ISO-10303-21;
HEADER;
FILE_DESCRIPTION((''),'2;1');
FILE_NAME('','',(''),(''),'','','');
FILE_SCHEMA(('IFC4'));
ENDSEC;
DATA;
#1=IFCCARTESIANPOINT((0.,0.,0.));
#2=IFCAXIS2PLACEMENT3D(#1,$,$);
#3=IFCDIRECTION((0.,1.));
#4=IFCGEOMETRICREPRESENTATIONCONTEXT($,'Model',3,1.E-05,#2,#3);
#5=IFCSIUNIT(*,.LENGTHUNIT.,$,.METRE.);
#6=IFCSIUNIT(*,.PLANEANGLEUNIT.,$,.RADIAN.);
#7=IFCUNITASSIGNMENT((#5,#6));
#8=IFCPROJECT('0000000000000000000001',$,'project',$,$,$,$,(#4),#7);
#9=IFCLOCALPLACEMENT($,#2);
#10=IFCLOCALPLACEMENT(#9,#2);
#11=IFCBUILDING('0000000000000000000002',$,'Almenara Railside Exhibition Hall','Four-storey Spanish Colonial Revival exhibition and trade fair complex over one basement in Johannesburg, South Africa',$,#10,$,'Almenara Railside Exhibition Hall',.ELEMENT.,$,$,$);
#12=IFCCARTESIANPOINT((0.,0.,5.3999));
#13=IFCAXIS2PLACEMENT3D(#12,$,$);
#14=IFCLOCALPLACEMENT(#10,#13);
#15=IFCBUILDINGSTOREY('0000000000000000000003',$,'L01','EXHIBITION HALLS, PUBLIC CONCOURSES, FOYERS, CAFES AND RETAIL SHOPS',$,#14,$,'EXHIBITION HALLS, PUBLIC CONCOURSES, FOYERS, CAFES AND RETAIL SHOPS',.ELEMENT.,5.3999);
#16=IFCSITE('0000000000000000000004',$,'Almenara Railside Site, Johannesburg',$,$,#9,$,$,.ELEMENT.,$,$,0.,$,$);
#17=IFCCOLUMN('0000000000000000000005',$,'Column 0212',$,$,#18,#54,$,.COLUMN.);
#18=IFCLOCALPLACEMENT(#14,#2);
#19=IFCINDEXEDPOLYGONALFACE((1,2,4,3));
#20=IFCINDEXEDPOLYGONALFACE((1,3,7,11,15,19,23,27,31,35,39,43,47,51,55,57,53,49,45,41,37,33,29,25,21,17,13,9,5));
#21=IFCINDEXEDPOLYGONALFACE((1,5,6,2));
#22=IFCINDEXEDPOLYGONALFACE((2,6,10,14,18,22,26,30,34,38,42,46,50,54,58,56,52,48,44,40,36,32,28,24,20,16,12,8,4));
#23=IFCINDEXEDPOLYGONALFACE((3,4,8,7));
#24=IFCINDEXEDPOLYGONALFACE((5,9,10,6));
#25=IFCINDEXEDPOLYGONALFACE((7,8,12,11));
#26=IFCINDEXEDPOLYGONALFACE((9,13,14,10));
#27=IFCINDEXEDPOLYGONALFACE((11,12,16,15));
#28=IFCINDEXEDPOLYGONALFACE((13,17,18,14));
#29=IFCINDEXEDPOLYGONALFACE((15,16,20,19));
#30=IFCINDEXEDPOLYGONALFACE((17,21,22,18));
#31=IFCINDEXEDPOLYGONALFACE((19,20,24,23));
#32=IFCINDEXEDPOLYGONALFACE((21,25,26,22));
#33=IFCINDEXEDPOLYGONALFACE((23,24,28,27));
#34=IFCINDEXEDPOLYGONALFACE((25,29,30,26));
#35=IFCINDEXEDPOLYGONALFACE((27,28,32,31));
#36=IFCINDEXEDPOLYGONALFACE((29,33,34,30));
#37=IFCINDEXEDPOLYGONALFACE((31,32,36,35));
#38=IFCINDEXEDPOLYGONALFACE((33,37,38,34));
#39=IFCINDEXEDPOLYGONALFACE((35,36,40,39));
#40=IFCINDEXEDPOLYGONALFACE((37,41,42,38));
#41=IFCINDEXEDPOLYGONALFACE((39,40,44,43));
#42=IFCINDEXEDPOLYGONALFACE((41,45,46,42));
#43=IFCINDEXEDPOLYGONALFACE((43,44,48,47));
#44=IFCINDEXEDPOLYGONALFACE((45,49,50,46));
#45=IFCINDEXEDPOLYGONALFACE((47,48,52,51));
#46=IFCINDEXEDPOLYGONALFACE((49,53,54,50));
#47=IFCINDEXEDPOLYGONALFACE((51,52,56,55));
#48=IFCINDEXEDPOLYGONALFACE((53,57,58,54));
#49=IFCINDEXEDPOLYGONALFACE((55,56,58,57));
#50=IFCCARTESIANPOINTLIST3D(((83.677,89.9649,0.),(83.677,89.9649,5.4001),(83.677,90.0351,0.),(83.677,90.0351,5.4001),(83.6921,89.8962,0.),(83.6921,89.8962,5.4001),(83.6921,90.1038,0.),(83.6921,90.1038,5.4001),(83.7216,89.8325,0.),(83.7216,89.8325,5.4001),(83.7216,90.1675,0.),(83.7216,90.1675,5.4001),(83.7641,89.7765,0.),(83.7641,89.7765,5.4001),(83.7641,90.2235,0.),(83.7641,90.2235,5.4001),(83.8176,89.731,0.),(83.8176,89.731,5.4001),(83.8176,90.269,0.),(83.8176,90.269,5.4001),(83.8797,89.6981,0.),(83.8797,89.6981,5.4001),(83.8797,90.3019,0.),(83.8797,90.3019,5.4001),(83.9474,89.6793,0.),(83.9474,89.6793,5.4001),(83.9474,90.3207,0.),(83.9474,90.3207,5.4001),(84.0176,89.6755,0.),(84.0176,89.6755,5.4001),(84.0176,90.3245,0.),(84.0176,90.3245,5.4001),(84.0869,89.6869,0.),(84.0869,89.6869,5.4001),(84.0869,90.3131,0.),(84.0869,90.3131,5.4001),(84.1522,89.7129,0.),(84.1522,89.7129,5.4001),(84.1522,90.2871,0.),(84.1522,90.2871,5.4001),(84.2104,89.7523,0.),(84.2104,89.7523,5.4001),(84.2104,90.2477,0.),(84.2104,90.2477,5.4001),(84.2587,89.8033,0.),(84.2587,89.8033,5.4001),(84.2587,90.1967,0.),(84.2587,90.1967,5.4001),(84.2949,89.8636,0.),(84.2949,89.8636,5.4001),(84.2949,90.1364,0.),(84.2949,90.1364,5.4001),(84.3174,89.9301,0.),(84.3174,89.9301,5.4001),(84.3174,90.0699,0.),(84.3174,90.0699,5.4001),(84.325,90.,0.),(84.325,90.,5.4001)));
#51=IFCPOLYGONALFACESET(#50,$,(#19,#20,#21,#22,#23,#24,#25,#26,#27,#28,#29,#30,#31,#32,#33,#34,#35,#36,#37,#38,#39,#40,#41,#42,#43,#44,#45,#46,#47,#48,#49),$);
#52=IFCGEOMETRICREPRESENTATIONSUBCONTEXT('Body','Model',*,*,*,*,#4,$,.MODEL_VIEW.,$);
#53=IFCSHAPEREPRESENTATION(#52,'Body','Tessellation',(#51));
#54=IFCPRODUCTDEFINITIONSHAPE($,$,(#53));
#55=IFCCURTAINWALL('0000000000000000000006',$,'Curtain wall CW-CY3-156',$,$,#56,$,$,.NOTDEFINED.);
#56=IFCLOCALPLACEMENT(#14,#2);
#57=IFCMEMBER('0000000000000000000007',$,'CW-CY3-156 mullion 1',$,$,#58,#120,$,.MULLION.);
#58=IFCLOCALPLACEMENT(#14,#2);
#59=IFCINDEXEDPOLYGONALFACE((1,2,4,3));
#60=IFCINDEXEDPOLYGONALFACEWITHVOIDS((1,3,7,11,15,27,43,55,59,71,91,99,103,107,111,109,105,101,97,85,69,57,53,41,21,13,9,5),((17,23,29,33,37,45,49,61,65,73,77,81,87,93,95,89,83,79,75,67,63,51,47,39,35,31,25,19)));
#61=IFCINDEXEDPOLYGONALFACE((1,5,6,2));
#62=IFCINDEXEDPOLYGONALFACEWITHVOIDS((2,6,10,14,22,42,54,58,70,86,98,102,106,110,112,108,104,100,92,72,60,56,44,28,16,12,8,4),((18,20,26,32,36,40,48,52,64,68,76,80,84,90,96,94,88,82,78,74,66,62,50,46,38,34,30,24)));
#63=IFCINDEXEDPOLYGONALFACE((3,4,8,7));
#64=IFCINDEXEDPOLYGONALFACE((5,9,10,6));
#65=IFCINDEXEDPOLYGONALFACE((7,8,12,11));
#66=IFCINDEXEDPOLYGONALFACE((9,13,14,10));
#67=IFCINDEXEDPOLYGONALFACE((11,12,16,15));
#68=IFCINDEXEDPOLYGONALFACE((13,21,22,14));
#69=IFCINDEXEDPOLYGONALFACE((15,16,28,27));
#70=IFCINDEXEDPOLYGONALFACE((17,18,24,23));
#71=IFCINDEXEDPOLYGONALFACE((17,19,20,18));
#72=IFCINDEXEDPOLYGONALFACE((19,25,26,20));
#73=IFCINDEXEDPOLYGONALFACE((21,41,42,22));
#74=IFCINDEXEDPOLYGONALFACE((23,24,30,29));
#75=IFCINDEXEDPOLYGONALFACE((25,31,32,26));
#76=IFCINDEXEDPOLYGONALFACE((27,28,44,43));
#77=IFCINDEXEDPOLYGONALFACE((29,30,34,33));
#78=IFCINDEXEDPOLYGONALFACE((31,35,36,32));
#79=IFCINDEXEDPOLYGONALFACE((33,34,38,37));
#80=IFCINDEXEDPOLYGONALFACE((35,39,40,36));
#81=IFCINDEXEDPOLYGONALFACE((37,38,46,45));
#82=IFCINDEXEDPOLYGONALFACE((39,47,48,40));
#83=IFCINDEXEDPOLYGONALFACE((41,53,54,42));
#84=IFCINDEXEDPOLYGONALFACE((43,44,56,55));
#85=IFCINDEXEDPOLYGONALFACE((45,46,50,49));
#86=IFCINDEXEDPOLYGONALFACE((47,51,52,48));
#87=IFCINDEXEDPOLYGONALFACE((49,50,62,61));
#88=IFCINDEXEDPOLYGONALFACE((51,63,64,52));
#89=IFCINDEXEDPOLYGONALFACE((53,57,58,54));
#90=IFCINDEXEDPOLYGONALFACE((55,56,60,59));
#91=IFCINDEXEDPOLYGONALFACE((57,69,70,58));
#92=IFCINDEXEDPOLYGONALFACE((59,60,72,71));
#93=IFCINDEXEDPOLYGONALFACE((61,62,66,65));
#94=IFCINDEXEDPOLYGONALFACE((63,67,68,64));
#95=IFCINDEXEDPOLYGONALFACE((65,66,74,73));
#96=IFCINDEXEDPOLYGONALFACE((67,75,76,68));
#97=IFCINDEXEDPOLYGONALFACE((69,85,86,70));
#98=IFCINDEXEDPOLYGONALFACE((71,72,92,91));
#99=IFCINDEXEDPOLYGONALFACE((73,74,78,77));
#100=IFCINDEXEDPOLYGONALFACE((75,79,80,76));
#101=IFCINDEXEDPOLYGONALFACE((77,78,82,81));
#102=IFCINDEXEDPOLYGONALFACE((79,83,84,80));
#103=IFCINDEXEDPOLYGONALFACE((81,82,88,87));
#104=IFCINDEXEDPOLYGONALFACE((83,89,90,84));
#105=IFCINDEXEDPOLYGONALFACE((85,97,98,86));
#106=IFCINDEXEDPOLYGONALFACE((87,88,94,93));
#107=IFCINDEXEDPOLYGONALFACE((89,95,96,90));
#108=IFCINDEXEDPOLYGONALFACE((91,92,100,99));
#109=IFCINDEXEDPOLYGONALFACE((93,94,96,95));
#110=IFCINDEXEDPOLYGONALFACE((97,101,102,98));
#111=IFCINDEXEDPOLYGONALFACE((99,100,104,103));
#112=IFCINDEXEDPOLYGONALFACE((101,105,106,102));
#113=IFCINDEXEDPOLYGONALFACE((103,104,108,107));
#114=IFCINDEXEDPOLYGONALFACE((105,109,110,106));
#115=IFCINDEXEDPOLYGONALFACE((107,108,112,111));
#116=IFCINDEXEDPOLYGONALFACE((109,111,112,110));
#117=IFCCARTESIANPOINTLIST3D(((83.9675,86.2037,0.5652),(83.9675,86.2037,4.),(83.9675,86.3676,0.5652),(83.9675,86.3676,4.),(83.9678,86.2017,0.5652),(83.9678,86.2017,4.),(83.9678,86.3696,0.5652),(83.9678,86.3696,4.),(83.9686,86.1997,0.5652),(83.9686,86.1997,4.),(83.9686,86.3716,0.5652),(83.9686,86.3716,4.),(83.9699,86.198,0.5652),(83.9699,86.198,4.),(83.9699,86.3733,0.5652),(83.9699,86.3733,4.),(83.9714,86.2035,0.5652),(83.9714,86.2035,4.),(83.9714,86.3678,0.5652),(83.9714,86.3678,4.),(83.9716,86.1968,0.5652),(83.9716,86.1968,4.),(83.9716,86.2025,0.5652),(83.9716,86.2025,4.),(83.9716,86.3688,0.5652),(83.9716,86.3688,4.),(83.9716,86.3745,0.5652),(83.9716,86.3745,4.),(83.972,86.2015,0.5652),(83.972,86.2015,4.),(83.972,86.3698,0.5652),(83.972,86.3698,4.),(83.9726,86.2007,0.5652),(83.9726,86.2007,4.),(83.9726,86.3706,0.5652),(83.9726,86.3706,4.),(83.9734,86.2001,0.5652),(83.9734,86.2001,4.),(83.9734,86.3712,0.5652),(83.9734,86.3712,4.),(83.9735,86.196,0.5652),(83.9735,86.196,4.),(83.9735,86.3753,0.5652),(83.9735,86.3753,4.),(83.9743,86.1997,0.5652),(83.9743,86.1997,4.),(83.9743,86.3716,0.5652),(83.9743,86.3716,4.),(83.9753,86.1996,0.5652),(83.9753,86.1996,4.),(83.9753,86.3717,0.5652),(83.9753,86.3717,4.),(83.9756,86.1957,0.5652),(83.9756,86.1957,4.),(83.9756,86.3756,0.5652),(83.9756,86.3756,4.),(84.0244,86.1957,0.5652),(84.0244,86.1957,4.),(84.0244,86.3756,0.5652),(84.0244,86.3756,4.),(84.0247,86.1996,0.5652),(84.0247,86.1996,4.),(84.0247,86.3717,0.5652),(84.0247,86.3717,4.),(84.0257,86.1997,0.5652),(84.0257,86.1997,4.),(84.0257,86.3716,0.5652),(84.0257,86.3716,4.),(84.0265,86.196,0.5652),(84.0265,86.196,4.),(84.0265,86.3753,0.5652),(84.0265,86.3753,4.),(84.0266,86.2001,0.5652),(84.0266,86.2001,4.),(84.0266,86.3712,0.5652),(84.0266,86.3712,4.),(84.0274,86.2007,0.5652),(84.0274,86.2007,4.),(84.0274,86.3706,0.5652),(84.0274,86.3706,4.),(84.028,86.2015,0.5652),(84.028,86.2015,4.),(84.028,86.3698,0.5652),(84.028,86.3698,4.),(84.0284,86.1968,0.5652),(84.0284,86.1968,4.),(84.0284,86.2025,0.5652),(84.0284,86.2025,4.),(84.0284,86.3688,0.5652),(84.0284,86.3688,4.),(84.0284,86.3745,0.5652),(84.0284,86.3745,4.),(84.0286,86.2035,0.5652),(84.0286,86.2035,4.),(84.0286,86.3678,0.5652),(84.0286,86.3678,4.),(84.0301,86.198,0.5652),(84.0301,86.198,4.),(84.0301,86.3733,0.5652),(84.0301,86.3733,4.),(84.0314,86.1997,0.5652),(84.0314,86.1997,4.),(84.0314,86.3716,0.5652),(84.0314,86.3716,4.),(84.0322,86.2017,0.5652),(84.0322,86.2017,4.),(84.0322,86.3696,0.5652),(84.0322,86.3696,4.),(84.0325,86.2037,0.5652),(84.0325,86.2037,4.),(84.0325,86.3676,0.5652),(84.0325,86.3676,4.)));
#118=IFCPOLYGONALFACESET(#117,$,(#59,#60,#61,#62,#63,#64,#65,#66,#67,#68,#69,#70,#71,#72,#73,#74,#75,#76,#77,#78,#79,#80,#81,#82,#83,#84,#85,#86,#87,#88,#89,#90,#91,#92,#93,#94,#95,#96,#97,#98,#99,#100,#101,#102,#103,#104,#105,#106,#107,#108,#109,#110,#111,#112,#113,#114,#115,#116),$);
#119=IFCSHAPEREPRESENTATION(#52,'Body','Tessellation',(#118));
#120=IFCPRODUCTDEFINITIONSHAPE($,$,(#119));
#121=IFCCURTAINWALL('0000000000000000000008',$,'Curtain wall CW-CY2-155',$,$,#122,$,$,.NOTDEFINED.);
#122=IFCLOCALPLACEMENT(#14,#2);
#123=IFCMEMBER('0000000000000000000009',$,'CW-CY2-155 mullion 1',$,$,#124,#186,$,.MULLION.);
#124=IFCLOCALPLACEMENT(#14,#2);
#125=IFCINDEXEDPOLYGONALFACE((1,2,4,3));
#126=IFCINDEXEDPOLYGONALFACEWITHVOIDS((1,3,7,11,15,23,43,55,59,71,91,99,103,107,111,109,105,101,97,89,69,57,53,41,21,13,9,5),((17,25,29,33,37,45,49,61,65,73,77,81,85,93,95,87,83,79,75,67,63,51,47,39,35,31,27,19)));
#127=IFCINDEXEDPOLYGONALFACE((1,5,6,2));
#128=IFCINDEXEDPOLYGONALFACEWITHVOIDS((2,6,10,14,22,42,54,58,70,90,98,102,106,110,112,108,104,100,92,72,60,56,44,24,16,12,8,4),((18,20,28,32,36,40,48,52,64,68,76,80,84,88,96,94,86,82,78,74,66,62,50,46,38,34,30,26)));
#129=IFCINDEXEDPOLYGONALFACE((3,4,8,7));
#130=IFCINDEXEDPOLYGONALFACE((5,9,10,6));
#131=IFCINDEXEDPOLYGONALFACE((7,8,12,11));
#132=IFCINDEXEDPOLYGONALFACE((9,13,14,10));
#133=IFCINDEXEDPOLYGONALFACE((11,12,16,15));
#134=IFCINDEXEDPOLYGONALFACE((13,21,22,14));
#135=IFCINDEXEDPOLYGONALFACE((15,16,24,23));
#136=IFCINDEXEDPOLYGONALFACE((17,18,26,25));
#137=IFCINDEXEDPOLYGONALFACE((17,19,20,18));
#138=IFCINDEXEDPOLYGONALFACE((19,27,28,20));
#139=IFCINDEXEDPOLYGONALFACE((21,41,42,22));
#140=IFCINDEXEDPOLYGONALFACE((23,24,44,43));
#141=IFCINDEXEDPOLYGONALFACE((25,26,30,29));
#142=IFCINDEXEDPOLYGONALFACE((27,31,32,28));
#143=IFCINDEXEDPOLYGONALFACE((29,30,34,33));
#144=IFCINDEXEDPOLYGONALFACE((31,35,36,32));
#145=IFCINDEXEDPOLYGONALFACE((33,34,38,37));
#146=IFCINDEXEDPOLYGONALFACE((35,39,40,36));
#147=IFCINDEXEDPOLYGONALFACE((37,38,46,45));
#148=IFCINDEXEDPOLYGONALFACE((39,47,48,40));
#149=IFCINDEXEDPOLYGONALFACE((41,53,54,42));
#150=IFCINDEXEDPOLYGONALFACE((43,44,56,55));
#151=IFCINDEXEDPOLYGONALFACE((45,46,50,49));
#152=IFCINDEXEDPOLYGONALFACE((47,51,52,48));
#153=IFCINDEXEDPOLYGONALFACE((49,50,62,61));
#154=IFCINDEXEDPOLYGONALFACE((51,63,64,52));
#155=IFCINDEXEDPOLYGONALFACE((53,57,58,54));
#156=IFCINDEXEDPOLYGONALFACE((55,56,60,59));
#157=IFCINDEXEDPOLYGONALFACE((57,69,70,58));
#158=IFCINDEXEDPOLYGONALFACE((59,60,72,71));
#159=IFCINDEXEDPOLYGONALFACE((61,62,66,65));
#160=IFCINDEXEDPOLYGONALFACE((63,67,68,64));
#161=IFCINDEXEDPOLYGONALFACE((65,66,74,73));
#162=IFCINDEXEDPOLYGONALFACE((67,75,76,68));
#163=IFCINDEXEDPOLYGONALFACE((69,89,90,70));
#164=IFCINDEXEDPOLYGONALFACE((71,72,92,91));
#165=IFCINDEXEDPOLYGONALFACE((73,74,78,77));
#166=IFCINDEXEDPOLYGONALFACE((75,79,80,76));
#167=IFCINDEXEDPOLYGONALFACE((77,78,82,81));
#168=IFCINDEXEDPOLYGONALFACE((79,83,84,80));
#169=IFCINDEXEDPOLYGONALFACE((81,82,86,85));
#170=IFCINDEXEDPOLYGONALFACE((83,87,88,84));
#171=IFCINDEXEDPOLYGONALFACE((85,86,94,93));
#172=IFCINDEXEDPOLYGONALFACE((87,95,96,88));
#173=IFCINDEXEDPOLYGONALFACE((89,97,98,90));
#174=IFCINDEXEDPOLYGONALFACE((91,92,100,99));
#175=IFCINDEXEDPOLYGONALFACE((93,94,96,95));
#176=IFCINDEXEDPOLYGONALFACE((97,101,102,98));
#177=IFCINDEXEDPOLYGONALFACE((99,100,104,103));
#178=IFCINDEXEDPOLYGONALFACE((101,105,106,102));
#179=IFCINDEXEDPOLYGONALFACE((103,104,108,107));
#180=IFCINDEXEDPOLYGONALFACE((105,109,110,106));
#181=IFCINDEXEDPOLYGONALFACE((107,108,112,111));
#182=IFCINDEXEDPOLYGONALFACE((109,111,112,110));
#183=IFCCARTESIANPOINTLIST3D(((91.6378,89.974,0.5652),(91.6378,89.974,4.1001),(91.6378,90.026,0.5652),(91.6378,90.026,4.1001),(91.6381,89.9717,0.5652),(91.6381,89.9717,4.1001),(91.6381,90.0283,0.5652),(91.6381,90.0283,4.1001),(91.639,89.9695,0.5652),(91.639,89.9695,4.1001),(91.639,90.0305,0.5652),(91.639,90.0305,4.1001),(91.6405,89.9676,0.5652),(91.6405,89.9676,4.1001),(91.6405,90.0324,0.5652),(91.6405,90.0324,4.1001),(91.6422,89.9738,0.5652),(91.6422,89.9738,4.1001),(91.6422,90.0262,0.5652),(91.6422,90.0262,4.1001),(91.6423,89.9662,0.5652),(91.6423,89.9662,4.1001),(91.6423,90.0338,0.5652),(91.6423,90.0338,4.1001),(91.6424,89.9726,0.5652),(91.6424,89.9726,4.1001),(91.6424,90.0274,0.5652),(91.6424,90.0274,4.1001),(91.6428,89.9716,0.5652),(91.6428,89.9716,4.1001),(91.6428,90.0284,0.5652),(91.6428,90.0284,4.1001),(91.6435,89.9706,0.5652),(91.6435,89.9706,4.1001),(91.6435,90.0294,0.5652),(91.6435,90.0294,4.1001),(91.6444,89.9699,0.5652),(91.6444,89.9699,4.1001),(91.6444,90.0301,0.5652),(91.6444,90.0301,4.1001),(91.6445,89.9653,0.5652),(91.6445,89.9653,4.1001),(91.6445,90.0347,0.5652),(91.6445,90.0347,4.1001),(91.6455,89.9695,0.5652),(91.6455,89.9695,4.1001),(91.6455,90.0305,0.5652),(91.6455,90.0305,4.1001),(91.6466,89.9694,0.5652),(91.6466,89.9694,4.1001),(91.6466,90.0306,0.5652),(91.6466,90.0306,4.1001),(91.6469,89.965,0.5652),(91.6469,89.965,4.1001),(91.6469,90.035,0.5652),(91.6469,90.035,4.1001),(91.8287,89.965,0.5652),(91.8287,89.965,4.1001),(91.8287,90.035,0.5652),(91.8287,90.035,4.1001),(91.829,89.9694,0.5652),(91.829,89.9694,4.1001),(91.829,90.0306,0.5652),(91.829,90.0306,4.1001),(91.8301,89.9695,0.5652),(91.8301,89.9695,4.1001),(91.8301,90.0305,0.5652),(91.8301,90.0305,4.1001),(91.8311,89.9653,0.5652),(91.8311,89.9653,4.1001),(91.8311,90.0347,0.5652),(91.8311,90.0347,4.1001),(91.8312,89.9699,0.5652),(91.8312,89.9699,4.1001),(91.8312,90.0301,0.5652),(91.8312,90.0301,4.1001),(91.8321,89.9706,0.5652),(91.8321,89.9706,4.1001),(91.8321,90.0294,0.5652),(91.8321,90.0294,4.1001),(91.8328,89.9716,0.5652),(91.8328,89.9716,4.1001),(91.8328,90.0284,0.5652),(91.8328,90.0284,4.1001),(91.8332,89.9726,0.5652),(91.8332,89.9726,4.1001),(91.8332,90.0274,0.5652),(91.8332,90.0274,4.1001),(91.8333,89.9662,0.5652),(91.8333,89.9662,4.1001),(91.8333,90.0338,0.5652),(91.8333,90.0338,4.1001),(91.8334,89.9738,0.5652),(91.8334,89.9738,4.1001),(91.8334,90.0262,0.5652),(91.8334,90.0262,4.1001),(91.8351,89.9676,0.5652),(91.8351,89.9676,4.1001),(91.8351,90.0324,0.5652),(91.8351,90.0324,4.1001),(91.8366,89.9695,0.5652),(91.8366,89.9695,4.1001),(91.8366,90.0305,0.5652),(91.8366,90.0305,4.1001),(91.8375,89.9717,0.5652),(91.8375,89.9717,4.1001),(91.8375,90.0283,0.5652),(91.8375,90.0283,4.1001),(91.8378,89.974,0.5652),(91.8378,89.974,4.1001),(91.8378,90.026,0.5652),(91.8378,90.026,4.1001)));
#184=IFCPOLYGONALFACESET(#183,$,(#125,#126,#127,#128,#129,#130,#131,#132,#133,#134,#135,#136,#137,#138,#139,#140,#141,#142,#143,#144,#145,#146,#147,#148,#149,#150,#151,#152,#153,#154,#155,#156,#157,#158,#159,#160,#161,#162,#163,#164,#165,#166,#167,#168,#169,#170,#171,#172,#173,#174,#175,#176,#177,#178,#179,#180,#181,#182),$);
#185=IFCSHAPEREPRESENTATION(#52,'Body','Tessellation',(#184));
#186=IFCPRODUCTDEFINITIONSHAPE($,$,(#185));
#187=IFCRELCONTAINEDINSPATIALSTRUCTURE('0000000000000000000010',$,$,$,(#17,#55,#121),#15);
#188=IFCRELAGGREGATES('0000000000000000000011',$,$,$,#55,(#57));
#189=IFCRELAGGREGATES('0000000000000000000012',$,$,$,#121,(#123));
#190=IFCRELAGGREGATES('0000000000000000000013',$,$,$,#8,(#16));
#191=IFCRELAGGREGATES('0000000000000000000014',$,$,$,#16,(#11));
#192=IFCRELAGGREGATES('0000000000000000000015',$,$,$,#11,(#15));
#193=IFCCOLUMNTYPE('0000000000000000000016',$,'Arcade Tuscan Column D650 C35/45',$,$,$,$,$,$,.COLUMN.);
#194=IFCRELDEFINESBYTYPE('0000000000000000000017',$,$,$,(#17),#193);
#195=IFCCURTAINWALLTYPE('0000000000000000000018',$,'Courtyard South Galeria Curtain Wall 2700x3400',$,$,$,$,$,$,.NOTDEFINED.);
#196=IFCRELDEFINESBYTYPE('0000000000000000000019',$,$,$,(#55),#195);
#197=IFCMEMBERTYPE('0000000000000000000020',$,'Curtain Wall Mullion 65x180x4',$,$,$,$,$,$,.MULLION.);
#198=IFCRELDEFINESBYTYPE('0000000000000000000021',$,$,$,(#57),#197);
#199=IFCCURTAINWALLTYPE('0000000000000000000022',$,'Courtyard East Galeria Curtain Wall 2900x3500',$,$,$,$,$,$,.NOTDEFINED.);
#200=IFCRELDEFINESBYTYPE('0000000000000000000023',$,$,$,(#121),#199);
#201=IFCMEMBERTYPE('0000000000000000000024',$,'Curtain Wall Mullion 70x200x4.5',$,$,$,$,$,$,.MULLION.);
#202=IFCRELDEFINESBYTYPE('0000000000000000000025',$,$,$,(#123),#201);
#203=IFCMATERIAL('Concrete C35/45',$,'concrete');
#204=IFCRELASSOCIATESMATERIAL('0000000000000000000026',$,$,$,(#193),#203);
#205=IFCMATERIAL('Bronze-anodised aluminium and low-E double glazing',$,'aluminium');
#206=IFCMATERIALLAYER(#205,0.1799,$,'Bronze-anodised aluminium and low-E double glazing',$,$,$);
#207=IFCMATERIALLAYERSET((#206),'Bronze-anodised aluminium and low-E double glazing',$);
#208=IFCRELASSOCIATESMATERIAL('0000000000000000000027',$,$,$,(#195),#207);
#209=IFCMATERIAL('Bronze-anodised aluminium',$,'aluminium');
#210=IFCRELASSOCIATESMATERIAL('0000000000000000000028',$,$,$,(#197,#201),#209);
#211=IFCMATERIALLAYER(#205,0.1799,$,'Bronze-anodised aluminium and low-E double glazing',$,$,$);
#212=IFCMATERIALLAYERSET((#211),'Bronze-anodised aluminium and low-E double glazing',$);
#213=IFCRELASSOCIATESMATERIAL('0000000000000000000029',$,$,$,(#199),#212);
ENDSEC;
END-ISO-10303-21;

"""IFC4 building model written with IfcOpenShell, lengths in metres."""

from ifc_helpers import new_model, si_unit, direction, frame, origin, origin_2d, place, context, subcontext, project, spatial, hollow_rectangle, circle, extrude, material, layer, layer_set, material_profile, profile_set, type_object, element, aggregate, save


model = new_model("IFC4")

# Units and contexts
model_context = context("Model", 3, precision=1e-05, world=origin(), true_north=direction((0.0, 1.0)))
body_context = subcontext(model_context, "Body", "Model", "MODEL_VIEW")
ifc_project = project(units=[si_unit("LENGTHUNIT", "METRE"), si_unit("PLANEANGLEUNIT", "RADIAN")], contexts=[model_context])

# Site, building, storey
site_placement = place(None, origin())
site = spatial("IfcSite", under=ifc_project, at=site_placement, Name="Almenara Railside Site, Johannesburg", CompositionType="ELEMENT", RefElevation=0.0)
building_placement = place(site_placement, origin())
building = spatial("IfcBuilding", under=site, at=building_placement, Name="Almenara Railside Exhibition Hall", Description="Four-storey Spanish Colonial Revival exhibition and trade fair complex over one basement in Johannesburg, South Africa", LongName="Almenara Railside Exhibition Hall", CompositionType="ELEMENT")
storey_placement = place(building_placement, frame((0.0, 0.0, 5.3999)))
storey = spatial("IfcBuildingStorey", under=building, at=storey_placement, Name="L01", Description="EXHIBITION HALLS, PUBLIC CONCOURSES, FOYERS, CAFES AND RETAIL SHOPS", LongName="EXHIBITION HALLS, PUBLIC CONCOURSES, FOYERS, CAFES AND RETAIL SHOPS", CompositionType="ELEMENT", Elevation=5.3999)

# Column
ifc_material_1 = material(Name="Concrete C35/45", Category="concrete")
ifc_material_profile_1 = material_profile(ifc_material_1, circle(Radius=0.325, at=origin_2d()), Name="RC-COL D650")
ifc_profile_set_1 = profile_set([ifc_material_profile_1], Name="Concrete C35/45")
column_type = type_object("IfcColumnType", Name="Arcade Tuscan Column D650 C35/45", PredefinedType="COLUMN", material=ifc_profile_set_1)
column_placement = place(storey_placement, frame((84.0, 90.0, 0.0), z_axis=(0.0, 0.0, 1.0), x_axis=(1.0, 0.0, 0.0)))
element("IfcColumn", 1, at=column_placement, inside=storey, type_object=column_type, Name="Column 0212", PredefinedType="COLUMN", context=body_context, shape_type="SweptSolid", body=[
    extrude(circle(Radius=0.325, at=origin_2d()), origin(), (0.0, 0.0, 1.0), 5.4001),
])

# Curtain wall, member
ifc_material_2 = material(Name="Bronze-anodised aluminium and low-E double glazing", Category="aluminium")
ifc_layer_1 = layer(ifc_material_2, 0.1799, Name="Bronze-anodised aluminium and low-E double glazing")
ifc_layer_set_1 = layer_set([ifc_layer_1], Name="Bronze-anodised aluminium and low-E double glazing")
curtain_wall_type_1 = type_object("IfcCurtainWallType", Name="Courtyard South Galeria Curtain Wall 2700x3400", PredefinedType="NOTDEFINED", material=ifc_layer_set_1)
curtain_wall_1_placement = place(storey_placement, origin())
curtain_wall_1 = element("IfcCurtainWall", 2, at=curtain_wall_1_placement, inside=storey, type_object=curtain_wall_type_1, Name="Curtain wall CW-CY3-156", PredefinedType="NOTDEFINED")
ifc_material_3 = material(Name="Bronze-anodised aluminium", Category="aluminium")
ifc_material_profile_2 = material_profile(ifc_material_3, hollow_rectangle(XDim=0.0649, YDim=0.1799, WallThickness=0.0039, InnerFilletRadius=0.0039, OuterFilletRadius=0.0081, at=origin_2d()), Name="ALU-MUL 65x180x4")
ifc_profile_set_2 = profile_set([ifc_material_profile_2], Name="Bronze-anodised aluminium")
member_type_1 = type_object("IfcMemberType", Name="Curtain Wall Mullion 65x180x4", PredefinedType="MULLION", material=ifc_profile_set_2)
member_1_placement = place(storey_placement, frame((84.0, 86.2856, 0.5652), z_axis=(0.0, 0.0, 1.0), x_axis=(1.0, 0.0, 0.0)))
member_1 = element("IfcMember", 3, at=member_1_placement, type_object=member_type_1, Name="CW-CY3-156 mullion 1", PredefinedType="MULLION", context=body_context, shape_type="SweptSolid", body=[
    extrude(hollow_rectangle(XDim=0.0649, YDim=0.1799, WallThickness=0.0039, InnerFilletRadius=0.0039, OuterFilletRadius=0.0081, at=origin_2d()), origin(), (0.0, 0.0, 1.0), 3.4348),
])

# Curtain wall, member
ifc_layer_2 = layer(ifc_material_2, 0.1799, Name="Bronze-anodised aluminium and low-E double glazing")
ifc_layer_set_2 = layer_set([ifc_layer_2], Name="Bronze-anodised aluminium and low-E double glazing")
curtain_wall_type_2 = type_object("IfcCurtainWallType", Name="Courtyard East Galeria Curtain Wall 2900x3500", PredefinedType="NOTDEFINED", material=ifc_layer_set_2)
curtain_wall_2_placement = place(storey_placement, origin())
curtain_wall_2 = element("IfcCurtainWall", 4, at=curtain_wall_2_placement, inside=storey, type_object=curtain_wall_type_2, Name="Curtain wall CW-CY2-155", PredefinedType="NOTDEFINED")
ifc_material_profile_3 = material_profile(ifc_material_3, hollow_rectangle(XDim=0.0701, YDim=0.2, WallThickness=0.0044, InnerFilletRadius=0.0044, OuterFilletRadius=0.009, at=origin_2d()), Name="ALU-MUL 70x200x4.5")
ifc_profile_set_3 = profile_set([ifc_material_profile_3], Name="Bronze-anodised aluminium")
member_type_2 = type_object("IfcMemberType", Name="Curtain Wall Mullion 70x200x4.5", PredefinedType="MULLION", material=ifc_profile_set_3)
member_2_placement = place(storey_placement, frame((91.7378, 90.0, 0.5652), z_axis=(0.0, 0.0, 1.0), x_axis=(0.0, -1.0, 0.0)))
member_2 = element("IfcMember", 5, at=member_2_placement, type_object=member_type_2, Name="CW-CY2-155 mullion 1", PredefinedType="MULLION", context=body_context, shape_type="SweptSolid", body=[
    extrude(hollow_rectangle(XDim=0.0701, YDim=0.2, WallThickness=0.0044, InnerFilletRadius=0.0044, OuterFilletRadius=0.009, at=origin_2d()), origin(), (0.0, 0.0, 1.0), 3.5349),
])

aggregate(curtain_wall_1, [member_1])

aggregate(curtain_wall_2, [member_2])

save(model, "model.ifc")
